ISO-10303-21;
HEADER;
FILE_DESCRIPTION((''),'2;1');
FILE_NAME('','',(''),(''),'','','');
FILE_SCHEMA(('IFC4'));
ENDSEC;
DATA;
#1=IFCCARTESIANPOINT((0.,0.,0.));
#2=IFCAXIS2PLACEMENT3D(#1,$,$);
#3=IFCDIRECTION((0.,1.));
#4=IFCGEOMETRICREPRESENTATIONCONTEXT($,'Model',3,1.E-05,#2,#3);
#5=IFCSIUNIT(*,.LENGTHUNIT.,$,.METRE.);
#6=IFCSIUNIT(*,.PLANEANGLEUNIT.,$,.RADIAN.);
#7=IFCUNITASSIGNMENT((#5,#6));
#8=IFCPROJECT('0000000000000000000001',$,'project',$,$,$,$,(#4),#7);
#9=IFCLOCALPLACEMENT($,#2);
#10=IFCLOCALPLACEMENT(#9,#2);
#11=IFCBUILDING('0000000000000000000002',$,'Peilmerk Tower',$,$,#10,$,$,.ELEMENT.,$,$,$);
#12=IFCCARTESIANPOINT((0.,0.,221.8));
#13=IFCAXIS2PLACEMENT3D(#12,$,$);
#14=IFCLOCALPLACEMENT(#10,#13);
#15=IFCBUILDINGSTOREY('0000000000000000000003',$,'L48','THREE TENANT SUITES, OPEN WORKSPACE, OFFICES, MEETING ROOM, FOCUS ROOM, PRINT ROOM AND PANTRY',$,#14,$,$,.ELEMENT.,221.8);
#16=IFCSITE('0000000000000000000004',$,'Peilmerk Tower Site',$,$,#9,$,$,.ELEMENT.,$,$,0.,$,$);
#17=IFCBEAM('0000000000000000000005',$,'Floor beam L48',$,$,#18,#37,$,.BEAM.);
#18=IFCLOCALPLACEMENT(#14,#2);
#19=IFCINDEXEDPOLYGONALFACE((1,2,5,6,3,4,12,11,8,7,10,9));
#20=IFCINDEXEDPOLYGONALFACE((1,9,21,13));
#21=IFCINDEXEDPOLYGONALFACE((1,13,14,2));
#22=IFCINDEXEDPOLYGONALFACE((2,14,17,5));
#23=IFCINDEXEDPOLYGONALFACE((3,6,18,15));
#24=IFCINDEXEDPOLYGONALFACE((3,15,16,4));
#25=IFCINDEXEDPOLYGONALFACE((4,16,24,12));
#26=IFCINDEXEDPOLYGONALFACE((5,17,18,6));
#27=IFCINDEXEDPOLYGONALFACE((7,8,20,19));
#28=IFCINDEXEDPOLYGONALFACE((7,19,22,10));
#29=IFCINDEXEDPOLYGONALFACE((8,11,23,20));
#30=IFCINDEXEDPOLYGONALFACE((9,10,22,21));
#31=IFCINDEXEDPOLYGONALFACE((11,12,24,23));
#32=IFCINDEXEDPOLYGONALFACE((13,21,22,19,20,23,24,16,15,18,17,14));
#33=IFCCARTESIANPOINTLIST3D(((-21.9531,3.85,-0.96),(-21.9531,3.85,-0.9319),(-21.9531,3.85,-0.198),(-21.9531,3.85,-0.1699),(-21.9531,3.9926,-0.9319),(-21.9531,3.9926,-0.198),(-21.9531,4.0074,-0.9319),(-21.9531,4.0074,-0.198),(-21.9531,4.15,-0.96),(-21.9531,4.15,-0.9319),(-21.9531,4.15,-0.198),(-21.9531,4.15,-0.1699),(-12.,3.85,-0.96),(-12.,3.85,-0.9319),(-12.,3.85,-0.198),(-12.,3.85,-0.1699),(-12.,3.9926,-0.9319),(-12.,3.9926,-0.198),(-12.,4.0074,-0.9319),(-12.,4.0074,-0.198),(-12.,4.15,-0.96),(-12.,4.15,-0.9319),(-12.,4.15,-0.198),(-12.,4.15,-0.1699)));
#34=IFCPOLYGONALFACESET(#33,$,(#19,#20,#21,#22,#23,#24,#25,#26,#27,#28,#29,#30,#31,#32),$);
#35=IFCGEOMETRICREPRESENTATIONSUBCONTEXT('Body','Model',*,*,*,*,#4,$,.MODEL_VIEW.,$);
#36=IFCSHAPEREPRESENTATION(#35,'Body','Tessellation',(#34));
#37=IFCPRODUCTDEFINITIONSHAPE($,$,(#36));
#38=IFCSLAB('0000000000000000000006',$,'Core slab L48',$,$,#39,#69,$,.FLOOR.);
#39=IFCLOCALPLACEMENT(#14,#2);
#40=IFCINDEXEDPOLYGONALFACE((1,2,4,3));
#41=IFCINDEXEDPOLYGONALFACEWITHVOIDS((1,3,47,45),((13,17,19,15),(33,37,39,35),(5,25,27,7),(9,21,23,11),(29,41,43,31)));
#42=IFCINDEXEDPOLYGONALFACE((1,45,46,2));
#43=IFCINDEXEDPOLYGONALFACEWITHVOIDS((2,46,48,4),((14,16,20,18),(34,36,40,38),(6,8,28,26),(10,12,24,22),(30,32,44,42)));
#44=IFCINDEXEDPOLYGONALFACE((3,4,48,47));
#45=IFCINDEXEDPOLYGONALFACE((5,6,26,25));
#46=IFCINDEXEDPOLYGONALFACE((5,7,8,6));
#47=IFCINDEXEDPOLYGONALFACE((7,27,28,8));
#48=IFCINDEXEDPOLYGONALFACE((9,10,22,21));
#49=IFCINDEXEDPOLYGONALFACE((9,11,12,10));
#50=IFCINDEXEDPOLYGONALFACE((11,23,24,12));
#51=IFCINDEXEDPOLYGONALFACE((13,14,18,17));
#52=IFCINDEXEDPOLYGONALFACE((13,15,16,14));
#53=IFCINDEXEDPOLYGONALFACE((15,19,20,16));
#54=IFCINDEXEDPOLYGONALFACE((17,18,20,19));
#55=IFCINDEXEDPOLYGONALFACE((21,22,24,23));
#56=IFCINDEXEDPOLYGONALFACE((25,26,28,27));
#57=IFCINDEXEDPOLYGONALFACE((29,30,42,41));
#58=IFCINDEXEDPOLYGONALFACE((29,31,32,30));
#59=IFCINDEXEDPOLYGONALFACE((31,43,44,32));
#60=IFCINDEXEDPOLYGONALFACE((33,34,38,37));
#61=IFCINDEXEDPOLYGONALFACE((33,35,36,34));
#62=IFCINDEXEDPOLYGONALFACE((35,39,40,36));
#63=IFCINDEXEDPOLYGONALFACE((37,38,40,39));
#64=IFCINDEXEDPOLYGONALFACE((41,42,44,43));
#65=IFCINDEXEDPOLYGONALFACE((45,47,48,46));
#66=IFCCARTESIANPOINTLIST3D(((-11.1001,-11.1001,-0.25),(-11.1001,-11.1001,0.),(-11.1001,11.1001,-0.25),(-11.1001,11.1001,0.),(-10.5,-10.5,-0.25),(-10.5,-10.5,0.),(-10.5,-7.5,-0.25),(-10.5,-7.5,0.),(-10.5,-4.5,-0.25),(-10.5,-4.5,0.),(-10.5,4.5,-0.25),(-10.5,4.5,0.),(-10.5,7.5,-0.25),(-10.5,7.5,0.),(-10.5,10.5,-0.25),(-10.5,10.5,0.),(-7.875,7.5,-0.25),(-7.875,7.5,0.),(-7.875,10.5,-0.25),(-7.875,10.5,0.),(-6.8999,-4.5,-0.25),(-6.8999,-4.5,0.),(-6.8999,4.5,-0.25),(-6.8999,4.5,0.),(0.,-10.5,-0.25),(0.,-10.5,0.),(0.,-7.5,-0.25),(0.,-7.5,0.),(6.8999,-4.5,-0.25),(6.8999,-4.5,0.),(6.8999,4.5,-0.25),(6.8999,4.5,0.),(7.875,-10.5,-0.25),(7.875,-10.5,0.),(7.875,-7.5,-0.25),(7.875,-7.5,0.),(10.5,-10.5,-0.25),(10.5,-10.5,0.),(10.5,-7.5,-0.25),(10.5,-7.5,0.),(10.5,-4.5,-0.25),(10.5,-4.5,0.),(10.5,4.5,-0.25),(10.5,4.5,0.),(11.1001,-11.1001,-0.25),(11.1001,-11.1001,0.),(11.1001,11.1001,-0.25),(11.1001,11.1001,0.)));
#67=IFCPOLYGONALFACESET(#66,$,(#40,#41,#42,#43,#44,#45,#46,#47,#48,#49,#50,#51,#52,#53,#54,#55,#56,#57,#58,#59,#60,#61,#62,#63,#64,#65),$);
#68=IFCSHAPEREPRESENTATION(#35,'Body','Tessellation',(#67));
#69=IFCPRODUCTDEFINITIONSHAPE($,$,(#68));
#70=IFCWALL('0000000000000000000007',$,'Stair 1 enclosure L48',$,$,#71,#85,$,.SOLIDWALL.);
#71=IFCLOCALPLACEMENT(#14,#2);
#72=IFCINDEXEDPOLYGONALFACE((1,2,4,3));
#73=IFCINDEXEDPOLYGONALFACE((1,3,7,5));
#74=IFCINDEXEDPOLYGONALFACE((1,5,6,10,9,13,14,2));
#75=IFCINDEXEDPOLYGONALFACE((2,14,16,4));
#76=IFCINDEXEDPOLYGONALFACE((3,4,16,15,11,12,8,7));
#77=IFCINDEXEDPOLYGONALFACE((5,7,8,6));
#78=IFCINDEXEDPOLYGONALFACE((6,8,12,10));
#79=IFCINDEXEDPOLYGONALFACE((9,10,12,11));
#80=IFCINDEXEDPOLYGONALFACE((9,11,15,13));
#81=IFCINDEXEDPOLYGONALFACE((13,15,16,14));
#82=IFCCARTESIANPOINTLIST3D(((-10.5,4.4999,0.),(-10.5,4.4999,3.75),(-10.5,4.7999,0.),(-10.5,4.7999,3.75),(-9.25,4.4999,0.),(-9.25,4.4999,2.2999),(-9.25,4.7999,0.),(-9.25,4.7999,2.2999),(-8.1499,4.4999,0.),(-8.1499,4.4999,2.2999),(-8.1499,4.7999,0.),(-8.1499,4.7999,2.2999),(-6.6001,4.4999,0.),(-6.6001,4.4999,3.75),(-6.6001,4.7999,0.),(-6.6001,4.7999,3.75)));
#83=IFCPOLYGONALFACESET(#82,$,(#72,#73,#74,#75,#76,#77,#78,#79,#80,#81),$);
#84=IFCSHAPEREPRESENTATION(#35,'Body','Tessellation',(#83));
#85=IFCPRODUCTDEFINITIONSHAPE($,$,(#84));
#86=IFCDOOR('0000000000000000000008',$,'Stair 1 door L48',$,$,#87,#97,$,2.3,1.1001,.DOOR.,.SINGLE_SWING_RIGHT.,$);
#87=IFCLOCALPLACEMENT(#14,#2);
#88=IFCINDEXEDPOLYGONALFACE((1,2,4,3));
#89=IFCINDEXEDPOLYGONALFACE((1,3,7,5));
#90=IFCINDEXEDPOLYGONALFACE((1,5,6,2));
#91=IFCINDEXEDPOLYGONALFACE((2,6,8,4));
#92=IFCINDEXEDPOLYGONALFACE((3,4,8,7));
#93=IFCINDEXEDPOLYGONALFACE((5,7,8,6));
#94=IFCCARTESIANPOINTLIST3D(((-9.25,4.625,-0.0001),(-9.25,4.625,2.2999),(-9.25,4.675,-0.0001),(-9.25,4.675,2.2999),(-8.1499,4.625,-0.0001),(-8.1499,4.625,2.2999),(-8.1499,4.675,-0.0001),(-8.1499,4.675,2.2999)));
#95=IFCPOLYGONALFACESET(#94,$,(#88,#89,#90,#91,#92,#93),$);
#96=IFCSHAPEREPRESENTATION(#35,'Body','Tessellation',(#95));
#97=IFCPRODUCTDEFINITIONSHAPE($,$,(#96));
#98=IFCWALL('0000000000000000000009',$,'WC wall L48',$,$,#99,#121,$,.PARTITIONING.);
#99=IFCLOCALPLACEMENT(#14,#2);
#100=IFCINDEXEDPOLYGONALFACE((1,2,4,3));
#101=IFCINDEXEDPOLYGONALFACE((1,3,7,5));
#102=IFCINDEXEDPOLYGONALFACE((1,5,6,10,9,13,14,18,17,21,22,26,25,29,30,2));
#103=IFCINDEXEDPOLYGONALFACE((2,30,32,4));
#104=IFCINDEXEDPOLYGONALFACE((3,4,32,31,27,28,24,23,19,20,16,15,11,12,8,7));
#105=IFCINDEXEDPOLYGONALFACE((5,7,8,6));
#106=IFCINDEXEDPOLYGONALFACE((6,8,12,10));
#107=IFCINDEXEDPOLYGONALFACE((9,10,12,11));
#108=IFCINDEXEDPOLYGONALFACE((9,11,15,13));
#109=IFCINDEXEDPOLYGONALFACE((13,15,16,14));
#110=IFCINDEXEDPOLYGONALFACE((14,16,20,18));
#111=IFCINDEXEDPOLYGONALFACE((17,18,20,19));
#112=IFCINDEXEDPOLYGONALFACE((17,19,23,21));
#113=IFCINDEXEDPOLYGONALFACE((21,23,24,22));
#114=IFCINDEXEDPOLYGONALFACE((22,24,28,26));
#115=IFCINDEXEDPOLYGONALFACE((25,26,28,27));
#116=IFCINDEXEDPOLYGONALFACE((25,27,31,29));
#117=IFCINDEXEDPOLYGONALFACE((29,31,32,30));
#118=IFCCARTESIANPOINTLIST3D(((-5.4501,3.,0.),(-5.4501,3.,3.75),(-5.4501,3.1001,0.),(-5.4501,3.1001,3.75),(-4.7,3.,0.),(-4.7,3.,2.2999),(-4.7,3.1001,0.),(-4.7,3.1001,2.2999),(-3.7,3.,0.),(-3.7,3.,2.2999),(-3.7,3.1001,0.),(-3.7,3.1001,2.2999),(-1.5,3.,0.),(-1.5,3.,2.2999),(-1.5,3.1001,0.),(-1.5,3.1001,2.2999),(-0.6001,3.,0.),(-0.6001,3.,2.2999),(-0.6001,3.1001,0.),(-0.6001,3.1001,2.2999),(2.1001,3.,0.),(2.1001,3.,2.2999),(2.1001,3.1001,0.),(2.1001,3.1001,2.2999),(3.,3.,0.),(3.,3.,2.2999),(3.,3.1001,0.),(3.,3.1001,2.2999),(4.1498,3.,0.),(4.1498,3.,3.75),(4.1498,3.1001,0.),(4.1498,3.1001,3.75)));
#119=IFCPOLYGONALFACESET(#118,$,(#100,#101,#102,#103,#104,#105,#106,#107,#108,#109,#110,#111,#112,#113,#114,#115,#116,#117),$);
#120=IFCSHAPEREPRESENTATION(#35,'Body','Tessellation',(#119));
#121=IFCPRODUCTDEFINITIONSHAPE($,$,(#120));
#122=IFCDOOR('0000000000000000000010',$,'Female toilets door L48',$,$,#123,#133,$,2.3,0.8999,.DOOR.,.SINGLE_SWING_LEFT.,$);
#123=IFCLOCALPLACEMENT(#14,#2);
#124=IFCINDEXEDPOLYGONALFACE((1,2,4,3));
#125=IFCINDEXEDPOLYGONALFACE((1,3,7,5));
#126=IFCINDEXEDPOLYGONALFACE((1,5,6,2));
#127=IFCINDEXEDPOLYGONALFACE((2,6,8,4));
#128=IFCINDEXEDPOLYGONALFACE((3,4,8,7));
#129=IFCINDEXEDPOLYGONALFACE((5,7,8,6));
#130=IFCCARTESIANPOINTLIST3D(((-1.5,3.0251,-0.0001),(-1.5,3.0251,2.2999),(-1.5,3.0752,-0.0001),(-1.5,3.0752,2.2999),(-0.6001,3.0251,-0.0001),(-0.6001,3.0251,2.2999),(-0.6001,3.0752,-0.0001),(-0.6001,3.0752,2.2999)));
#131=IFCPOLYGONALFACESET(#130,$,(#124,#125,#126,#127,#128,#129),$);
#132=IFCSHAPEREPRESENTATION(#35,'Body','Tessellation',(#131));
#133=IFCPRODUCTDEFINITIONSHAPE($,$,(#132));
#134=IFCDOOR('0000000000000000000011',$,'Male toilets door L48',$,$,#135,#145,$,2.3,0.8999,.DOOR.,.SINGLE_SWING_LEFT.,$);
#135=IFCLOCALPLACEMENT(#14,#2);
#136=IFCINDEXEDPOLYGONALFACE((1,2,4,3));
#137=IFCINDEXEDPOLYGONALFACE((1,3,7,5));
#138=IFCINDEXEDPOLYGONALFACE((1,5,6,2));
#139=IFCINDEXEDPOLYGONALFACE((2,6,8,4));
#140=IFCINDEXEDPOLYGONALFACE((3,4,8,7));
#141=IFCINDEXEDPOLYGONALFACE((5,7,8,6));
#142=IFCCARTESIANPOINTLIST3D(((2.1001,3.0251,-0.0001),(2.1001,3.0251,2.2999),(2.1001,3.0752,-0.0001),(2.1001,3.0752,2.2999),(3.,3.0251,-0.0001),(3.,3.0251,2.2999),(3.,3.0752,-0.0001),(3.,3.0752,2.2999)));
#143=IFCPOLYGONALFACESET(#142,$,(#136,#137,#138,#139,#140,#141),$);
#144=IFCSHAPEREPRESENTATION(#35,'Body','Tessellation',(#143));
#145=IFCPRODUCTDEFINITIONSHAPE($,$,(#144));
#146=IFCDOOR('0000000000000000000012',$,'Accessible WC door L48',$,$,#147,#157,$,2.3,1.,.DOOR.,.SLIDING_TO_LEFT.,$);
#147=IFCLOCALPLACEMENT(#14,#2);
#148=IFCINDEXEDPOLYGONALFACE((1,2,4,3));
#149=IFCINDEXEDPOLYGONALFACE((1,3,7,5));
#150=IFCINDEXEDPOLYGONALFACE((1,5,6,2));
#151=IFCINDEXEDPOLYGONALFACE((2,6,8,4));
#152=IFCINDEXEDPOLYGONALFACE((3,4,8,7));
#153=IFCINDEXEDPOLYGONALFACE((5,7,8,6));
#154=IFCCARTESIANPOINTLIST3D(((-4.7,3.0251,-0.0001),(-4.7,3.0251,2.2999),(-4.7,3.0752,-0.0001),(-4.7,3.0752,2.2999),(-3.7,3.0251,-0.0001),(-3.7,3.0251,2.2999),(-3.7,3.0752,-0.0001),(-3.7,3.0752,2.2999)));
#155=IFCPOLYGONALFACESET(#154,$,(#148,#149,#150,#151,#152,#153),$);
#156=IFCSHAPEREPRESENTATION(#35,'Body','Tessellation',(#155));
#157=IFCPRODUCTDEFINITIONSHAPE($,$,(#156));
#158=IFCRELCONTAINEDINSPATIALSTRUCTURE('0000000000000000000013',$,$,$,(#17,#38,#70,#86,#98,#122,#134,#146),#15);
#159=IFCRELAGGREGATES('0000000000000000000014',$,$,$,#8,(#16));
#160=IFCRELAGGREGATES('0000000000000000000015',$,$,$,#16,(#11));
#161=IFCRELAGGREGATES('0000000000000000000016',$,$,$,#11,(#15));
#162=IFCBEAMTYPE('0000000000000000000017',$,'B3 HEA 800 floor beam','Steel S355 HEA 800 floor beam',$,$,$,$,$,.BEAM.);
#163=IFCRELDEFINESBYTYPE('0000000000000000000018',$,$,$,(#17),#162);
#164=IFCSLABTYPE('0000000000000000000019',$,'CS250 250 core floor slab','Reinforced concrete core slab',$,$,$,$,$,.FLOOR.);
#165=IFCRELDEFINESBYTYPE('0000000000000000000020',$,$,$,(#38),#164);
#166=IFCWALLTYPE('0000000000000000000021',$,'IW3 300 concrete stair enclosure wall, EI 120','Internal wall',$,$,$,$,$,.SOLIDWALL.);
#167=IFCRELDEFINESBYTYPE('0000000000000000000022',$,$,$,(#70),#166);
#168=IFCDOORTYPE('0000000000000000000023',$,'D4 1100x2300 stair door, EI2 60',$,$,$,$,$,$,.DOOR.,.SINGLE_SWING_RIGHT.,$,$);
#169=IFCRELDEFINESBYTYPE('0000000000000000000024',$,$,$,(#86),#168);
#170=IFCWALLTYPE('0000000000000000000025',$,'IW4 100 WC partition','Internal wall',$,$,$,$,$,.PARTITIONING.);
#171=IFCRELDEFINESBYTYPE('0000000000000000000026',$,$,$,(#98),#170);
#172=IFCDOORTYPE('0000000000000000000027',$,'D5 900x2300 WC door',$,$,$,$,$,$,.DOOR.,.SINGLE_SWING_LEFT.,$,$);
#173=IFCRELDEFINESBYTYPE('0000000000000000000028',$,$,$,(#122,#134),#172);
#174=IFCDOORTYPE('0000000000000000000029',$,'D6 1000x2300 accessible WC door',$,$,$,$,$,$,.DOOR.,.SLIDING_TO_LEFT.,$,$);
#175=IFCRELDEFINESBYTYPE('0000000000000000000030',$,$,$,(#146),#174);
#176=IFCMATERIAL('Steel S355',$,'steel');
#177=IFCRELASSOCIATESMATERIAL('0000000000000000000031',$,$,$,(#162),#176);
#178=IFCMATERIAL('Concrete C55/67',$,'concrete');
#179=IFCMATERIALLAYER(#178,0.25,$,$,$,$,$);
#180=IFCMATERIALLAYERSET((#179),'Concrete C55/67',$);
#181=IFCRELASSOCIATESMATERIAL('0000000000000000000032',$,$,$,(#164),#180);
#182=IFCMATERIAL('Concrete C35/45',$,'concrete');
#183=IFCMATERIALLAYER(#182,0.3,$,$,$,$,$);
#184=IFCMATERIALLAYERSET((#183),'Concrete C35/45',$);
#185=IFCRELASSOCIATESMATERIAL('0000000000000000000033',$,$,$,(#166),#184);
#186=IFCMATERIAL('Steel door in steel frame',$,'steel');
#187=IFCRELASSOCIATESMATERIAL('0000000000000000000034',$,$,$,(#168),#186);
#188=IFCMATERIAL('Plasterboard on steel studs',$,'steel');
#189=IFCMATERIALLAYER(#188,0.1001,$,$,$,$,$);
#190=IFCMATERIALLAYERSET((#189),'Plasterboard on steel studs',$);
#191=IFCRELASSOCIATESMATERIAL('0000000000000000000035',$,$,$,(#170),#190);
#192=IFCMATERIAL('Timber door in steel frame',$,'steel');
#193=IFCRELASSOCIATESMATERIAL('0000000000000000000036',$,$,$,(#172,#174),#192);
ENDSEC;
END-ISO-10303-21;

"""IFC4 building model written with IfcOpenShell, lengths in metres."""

from ifc_helpers import new_model, si_unit, direction, frame, frame_2d, origin, origin_2d, place, context, subcontext, project, spatial, polyline, rectangle, i_section, outline, extrude, material, layer, layer_set, material_profile, profile_set, type_object, element, fill, save


model = new_model("IFC4")

# Units and contexts
model_context = context("Model", 3, precision=1e-05, world=origin(), true_north=direction((0.0, 1.0)))
body_context = subcontext(model_context, "Body", "Model", "MODEL_VIEW")
ifc_project = project(units=[si_unit("LENGTHUNIT", "METRE"), si_unit("PLANEANGLEUNIT", "RADIAN")], contexts=[model_context])

# Site, building, storey
site_placement = place(None, origin())
site = spatial("IfcSite", under=ifc_project, at=site_placement, Name="Peilmerk Tower Site", CompositionType="ELEMENT", RefElevation=0.0)
building_placement = place(site_placement, origin())
building = spatial("IfcBuilding", under=site, at=building_placement, Name="Peilmerk Tower", CompositionType="ELEMENT")
storey_placement = place(building_placement, frame((0.0, 0.0, 221.8)))
storey = spatial("IfcBuildingStorey", under=building, at=storey_placement, Name="L48", Description="THREE TENANT SUITES, OPEN WORKSPACE, OFFICES, MEETING ROOM, FOCUS ROOM, PRINT ROOM AND PANTRY", CompositionType="ELEMENT", Elevation=221.8)

# Beam
ifc_material_1 = material(Name="Steel S355", Category="steel")
ifc_material_profile = material_profile(ifc_material_1, i_section(OverallWidth=0.3, OverallDepth=0.79, WebThickness=0.0149, FlangeThickness=0.0281, at=origin_2d()), Name="HEA 800")
ifc_profile_set = profile_set([ifc_material_profile], Name="Steel S355")
beam_type = type_object("IfcBeamType", Name="B3 HEA 800 floor beam", Description="Steel S355 HEA 800 floor beam", PredefinedType="BEAM", material=ifc_profile_set)
beam_placement = place(storey_placement, frame((-12.0, 4.0, -0.5649), z_axis=(-1.0, 0.0, 0.0), x_axis=(0.0, -1.0, 0.0)))
element("IfcBeam", 1, at=beam_placement, inside=storey, type_object=beam_type, Name="Floor beam L48", PredefinedType="BEAM", context=body_context, shape_type="SweptSolid", body=[
    extrude(i_section(OverallWidth=0.3, OverallDepth=0.79, WebThickness=0.0149, FlangeThickness=0.0281, at=origin_2d()), origin(), (0.0, 0.0, 1.0), 9.9531),
])

# Slab
ifc_material_2 = material(Name="Concrete C55/67", Category="concrete")
ifc_layer_1 = layer(ifc_material_2, 0.25)
ifc_layer_set_1 = layer_set([ifc_layer_1], Name="Concrete C55/67")
slab_type = type_object("IfcSlabType", Name="CS250 250 core floor slab", Description="Reinforced concrete core slab", PredefinedType="FLOOR", material=ifc_layer_set_1)
slab_placement = place(storey_placement, frame((0.0, 0.0, -0.25)))
element("IfcSlab", 2, at=slab_placement, inside=storey, type_object=slab_type, Name="Core slab L48", PredefinedType="FLOOR", context=body_context, shape_type="SweptSolid", body=[
    extrude(outline(polyline([(11.1001, -11.1001), (11.1001, 11.1001), (-11.1001, 11.1001), (-11.1001, -11.1001), (11.1001, -11.1001)]), holes=[polyline([(-7.875, 7.5), (-10.5, 7.5), (-10.5, 10.5), (-7.875, 10.5), (-7.875, 7.5)]), polyline([(0.0, -10.5), (-10.5, -10.5), (-10.5, -7.5), (0.0, -7.5), (0.0, -10.5)]), polyline([(7.875, -10.5), (7.875, -7.5), (10.5, -7.5), (10.5, -10.5), (7.875, -10.5)]), polyline([(-10.5, 4.5), (-6.8999, 4.5), (-6.8999, -4.5), (-10.5, -4.5), (-10.5, 4.5)]), polyline([(10.5, 4.5), (10.5, -4.5), (6.8999, -4.5), (6.8999, 4.5), (10.5, 4.5)])]), origin(), (0.0, 0.0, 1.0), 0.25),
])

# Wall, opening, door
ifc_material_3 = material(Name="Concrete C35/45", Category="concrete")
ifc_layer_2 = layer(ifc_material_3, 0.3)
ifc_layer_set_2 = layer_set([ifc_layer_2], Name="Concrete C35/45")
wall_type_1 = type_object("IfcWallType", Name="IW3 300 concrete stair enclosure wall, EI 120", Description="Internal wall", PredefinedType="SOLIDWALL", material=ifc_layer_set_2)
wall_1_placement = place(storey_placement, frame((-10.5, 4.6499, 0.0), z_axis=(0.0, 0.0, 1.0), x_axis=(1.0, 0.0, 0.0)))
wall_1 = element("IfcWall", 3, at=wall_1_placement, inside=storey, type_object=wall_type_1, Name="Stair 1 enclosure L48", PredefinedType="SOLIDWALL", context=body_context, shape_type="SweptSolid", body=[
    extrude(rectangle(XDim=3.8999, YDim=0.3, at=frame_2d((1.95, 0.0))), origin(), (0.0, 0.0, 1.0), 3.75),
])
opening_1_placement = place(wall_1_placement, frame((1.25, 0.0, 0.0)))
opening_1 = element("IfcOpeningElement", 4, at=opening_1_placement, cuts=wall_1, PredefinedType="OPENING", context=body_context, shape_type="SweptSolid", body=[
    extrude(rectangle(XDim=1.1001, YDim=2.3, at=frame_2d((0.55, 1.1499))), frame((0.0, 0.1599, 0.0), z_axis=(0.0, -1.0, 0.0), x_axis=(1.0, 0.0, 0.0)), (0.0, 0.0, 1.0), 0.3201),
])
ifc_material_4 = material(Name="Steel door in steel frame", Category="steel")
door_type_1 = type_object("IfcDoorType", Name="D4 1100x2300 stair door, EI2 60", OperationType="SINGLE_SWING_RIGHT", PredefinedType="DOOR", material=ifc_material_4)
door_1_placement = place(opening_1_placement, frame((1.1001, 0.0, 0.0), z_axis=(0.0, 0.0, 1.0), x_axis=(-1.0, 0.0, 0.0)))
door_1 = element("IfcDoor", 5, at=door_1_placement, inside=storey, type_object=door_type_1, Name="Stair 1 door L48", OperationType="SINGLE_SWING_RIGHT", OverallHeight=2.3, OverallWidth=1.1001, PredefinedType="DOOR", context=body_context, shape_type="SweptSolid", body=[
    extrude(rectangle(XDim=1.1001, YDim=2.3, at=frame_2d((0.55, 1.1499))), frame((0.0, 0.0249, 0.0), z_axis=(0.0, -1.0, 0.0), x_axis=(1.0, 0.0, 0.0)), (0.0, 0.0, 1.0), 0.05),
])
fill(opening_1, door_1)

# Wall, openings, doors
ifc_material_5 = material(Name="Plasterboard on steel studs", Category="steel")
ifc_layer_3 = layer(ifc_material_5, 0.1001)
ifc_layer_set_3 = layer_set([ifc_layer_3], Name="Plasterboard on steel studs")
wall_type_2 = type_object("IfcWallType", Name="IW4 100 WC partition", Description="Internal wall", PredefinedType="PARTITIONING", material=ifc_layer_set_3)
wall_2_placement = place(storey_placement, frame((-5.45, 3.05, 0.0), z_axis=(0.0, 0.0, 1.0), x_axis=(1.0, 0.0, 0.0)))
wall_2 = element("IfcWall", 6, at=wall_2_placement, inside=storey, type_object=wall_type_2, Name="WC wall L48", PredefinedType="PARTITIONING", context=body_context, shape_type="SweptSolid", body=[
    extrude(rectangle(XDim=9.5999, YDim=0.1001, at=frame_2d((4.7998, 0.0))), origin(), (0.0, 0.0, 1.0), 3.75),
])
opening_2_placement = place(wall_2_placement, frame((0.75, 0.0, 0.0)))
opening_2 = element("IfcOpeningElement", 7, at=opening_2_placement, cuts=wall_2, PredefinedType="OPENING", context=body_context, shape_type="SweptSolid", body=[
    extrude(rectangle(XDim=1.0, YDim=2.3, at=frame_2d((0.5, 1.1499))), frame((0.0, 0.0601, 0.0), z_axis=(0.0, -1.0, 0.0), x_axis=(1.0, 0.0, 0.0)), (0.0, 0.0, 1.0), 0.1201),
])
opening_3_placement = place(wall_2_placement, frame((3.95, 0.0, 0.0)))
opening_3 = element("IfcOpeningElement", 8, at=opening_3_placement, cuts=wall_2, PredefinedType="OPENING", context=body_context, shape_type="SweptSolid", body=[
    extrude(rectangle(XDim=0.8999, YDim=2.3, at=frame_2d((0.45, 1.1499))), frame((0.0, 0.0601, 0.0), z_axis=(0.0, -1.0, 0.0), x_axis=(1.0, 0.0, 0.0)), (0.0, 0.0, 1.0), 0.1201),
])
opening_4_placement = place(wall_2_placement, frame((7.55, 0.0, 0.0)))
opening_4 = element("IfcOpeningElement", 9, at=opening_4_placement, cuts=wall_2, PredefinedType="OPENING", context=body_context, shape_type="SweptSolid", body=[
    extrude(rectangle(XDim=0.8999, YDim=2.3, at=frame_2d((0.45, 1.1499))), frame((0.0, 0.0601, 0.0), z_axis=(0.0, -1.0, 0.0), x_axis=(1.0, 0.0, 0.0)), (0.0, 0.0, 1.0), 0.1201),
])
ifc_material_6 = material(Name="Timber door in steel frame", Category="steel")
door_type_2 = type_object("IfcDoorType", Name="D5 900x2300 WC door", OperationType="SINGLE_SWING_LEFT", PredefinedType="DOOR", material=ifc_material_6)
door_2_placement = place(opening_3_placement, frame((0.8999, 0.0, 0.0), z_axis=(0.0, 0.0, 1.0), x_axis=(-1.0, 0.0, 0.0)))
door_2 = element("IfcDoor", 10, at=door_2_placement, inside=storey, type_object=door_type_2, Name="Female toilets door L48", OperationType="SINGLE_SWING_LEFT", OverallHeight=2.3, OverallWidth=0.8999, PredefinedType="DOOR", context=body_context, shape_type="SweptSolid", body=[
    extrude(rectangle(XDim=0.8999, YDim=2.3, at=frame_2d((0.45, 1.1499))), frame((0.0, 0.0249, 0.0), z_axis=(0.0, -1.0, 0.0), x_axis=(1.0, 0.0, 0.0)), (0.0, 0.0, 1.0), 0.05),
])
fill(opening_3, door_2)
door_3_placement = place(opening_4_placement, frame((0.8999, 0.0, 0.0), z_axis=(0.0, 0.0, 1.0), x_axis=(-1.0, 0.0, 0.0)))
door_3 = element("IfcDoor", 11, at=door_3_placement, inside=storey, type_object=door_type_2, Name="Male toilets door L48", OperationType="SINGLE_SWING_LEFT", OverallHeight=2.3, OverallWidth=0.8999, PredefinedType="DOOR", context=body_context, shape_type="SweptSolid", body=[
    extrude(rectangle(XDim=0.8999, YDim=2.3, at=frame_2d((0.45, 1.1499))), frame((0.0, 0.0249, 0.0), z_axis=(0.0, -1.0, 0.0), x_axis=(1.0, 0.0, 0.0)), (0.0, 0.0, 1.0), 0.05),
])
fill(opening_4, door_3)
door_type_3 = type_object("IfcDoorType", Name="D6 1000x2300 accessible WC door", OperationType="SLIDING_TO_LEFT", PredefinedType="DOOR", material=ifc_material_6)
door_4_placement = place(opening_2_placement, frame((1.0, 0.0, 0.0), z_axis=(0.0, 0.0, 1.0), x_axis=(-1.0, 0.0, 0.0)))
door_4 = element("IfcDoor", 12, at=door_4_placement, inside=storey, type_object=door_type_3, Name="Accessible WC door L48", OperationType="SLIDING_TO_LEFT", OverallHeight=2.3, OverallWidth=1.0, PredefinedType="DOOR", context=body_context, shape_type="SweptSolid", body=[
    extrude(rectangle(XDim=1.0, YDim=2.3, at=frame_2d((0.5, 1.1499))), frame((0.0, 0.0249, 0.0), z_axis=(0.0, -1.0, 0.0), x_axis=(1.0, 0.0, 0.0)), (0.0, 0.0, 1.0), 0.05),
])
fill(opening_2, door_4)

save(model, "model.ifc")
